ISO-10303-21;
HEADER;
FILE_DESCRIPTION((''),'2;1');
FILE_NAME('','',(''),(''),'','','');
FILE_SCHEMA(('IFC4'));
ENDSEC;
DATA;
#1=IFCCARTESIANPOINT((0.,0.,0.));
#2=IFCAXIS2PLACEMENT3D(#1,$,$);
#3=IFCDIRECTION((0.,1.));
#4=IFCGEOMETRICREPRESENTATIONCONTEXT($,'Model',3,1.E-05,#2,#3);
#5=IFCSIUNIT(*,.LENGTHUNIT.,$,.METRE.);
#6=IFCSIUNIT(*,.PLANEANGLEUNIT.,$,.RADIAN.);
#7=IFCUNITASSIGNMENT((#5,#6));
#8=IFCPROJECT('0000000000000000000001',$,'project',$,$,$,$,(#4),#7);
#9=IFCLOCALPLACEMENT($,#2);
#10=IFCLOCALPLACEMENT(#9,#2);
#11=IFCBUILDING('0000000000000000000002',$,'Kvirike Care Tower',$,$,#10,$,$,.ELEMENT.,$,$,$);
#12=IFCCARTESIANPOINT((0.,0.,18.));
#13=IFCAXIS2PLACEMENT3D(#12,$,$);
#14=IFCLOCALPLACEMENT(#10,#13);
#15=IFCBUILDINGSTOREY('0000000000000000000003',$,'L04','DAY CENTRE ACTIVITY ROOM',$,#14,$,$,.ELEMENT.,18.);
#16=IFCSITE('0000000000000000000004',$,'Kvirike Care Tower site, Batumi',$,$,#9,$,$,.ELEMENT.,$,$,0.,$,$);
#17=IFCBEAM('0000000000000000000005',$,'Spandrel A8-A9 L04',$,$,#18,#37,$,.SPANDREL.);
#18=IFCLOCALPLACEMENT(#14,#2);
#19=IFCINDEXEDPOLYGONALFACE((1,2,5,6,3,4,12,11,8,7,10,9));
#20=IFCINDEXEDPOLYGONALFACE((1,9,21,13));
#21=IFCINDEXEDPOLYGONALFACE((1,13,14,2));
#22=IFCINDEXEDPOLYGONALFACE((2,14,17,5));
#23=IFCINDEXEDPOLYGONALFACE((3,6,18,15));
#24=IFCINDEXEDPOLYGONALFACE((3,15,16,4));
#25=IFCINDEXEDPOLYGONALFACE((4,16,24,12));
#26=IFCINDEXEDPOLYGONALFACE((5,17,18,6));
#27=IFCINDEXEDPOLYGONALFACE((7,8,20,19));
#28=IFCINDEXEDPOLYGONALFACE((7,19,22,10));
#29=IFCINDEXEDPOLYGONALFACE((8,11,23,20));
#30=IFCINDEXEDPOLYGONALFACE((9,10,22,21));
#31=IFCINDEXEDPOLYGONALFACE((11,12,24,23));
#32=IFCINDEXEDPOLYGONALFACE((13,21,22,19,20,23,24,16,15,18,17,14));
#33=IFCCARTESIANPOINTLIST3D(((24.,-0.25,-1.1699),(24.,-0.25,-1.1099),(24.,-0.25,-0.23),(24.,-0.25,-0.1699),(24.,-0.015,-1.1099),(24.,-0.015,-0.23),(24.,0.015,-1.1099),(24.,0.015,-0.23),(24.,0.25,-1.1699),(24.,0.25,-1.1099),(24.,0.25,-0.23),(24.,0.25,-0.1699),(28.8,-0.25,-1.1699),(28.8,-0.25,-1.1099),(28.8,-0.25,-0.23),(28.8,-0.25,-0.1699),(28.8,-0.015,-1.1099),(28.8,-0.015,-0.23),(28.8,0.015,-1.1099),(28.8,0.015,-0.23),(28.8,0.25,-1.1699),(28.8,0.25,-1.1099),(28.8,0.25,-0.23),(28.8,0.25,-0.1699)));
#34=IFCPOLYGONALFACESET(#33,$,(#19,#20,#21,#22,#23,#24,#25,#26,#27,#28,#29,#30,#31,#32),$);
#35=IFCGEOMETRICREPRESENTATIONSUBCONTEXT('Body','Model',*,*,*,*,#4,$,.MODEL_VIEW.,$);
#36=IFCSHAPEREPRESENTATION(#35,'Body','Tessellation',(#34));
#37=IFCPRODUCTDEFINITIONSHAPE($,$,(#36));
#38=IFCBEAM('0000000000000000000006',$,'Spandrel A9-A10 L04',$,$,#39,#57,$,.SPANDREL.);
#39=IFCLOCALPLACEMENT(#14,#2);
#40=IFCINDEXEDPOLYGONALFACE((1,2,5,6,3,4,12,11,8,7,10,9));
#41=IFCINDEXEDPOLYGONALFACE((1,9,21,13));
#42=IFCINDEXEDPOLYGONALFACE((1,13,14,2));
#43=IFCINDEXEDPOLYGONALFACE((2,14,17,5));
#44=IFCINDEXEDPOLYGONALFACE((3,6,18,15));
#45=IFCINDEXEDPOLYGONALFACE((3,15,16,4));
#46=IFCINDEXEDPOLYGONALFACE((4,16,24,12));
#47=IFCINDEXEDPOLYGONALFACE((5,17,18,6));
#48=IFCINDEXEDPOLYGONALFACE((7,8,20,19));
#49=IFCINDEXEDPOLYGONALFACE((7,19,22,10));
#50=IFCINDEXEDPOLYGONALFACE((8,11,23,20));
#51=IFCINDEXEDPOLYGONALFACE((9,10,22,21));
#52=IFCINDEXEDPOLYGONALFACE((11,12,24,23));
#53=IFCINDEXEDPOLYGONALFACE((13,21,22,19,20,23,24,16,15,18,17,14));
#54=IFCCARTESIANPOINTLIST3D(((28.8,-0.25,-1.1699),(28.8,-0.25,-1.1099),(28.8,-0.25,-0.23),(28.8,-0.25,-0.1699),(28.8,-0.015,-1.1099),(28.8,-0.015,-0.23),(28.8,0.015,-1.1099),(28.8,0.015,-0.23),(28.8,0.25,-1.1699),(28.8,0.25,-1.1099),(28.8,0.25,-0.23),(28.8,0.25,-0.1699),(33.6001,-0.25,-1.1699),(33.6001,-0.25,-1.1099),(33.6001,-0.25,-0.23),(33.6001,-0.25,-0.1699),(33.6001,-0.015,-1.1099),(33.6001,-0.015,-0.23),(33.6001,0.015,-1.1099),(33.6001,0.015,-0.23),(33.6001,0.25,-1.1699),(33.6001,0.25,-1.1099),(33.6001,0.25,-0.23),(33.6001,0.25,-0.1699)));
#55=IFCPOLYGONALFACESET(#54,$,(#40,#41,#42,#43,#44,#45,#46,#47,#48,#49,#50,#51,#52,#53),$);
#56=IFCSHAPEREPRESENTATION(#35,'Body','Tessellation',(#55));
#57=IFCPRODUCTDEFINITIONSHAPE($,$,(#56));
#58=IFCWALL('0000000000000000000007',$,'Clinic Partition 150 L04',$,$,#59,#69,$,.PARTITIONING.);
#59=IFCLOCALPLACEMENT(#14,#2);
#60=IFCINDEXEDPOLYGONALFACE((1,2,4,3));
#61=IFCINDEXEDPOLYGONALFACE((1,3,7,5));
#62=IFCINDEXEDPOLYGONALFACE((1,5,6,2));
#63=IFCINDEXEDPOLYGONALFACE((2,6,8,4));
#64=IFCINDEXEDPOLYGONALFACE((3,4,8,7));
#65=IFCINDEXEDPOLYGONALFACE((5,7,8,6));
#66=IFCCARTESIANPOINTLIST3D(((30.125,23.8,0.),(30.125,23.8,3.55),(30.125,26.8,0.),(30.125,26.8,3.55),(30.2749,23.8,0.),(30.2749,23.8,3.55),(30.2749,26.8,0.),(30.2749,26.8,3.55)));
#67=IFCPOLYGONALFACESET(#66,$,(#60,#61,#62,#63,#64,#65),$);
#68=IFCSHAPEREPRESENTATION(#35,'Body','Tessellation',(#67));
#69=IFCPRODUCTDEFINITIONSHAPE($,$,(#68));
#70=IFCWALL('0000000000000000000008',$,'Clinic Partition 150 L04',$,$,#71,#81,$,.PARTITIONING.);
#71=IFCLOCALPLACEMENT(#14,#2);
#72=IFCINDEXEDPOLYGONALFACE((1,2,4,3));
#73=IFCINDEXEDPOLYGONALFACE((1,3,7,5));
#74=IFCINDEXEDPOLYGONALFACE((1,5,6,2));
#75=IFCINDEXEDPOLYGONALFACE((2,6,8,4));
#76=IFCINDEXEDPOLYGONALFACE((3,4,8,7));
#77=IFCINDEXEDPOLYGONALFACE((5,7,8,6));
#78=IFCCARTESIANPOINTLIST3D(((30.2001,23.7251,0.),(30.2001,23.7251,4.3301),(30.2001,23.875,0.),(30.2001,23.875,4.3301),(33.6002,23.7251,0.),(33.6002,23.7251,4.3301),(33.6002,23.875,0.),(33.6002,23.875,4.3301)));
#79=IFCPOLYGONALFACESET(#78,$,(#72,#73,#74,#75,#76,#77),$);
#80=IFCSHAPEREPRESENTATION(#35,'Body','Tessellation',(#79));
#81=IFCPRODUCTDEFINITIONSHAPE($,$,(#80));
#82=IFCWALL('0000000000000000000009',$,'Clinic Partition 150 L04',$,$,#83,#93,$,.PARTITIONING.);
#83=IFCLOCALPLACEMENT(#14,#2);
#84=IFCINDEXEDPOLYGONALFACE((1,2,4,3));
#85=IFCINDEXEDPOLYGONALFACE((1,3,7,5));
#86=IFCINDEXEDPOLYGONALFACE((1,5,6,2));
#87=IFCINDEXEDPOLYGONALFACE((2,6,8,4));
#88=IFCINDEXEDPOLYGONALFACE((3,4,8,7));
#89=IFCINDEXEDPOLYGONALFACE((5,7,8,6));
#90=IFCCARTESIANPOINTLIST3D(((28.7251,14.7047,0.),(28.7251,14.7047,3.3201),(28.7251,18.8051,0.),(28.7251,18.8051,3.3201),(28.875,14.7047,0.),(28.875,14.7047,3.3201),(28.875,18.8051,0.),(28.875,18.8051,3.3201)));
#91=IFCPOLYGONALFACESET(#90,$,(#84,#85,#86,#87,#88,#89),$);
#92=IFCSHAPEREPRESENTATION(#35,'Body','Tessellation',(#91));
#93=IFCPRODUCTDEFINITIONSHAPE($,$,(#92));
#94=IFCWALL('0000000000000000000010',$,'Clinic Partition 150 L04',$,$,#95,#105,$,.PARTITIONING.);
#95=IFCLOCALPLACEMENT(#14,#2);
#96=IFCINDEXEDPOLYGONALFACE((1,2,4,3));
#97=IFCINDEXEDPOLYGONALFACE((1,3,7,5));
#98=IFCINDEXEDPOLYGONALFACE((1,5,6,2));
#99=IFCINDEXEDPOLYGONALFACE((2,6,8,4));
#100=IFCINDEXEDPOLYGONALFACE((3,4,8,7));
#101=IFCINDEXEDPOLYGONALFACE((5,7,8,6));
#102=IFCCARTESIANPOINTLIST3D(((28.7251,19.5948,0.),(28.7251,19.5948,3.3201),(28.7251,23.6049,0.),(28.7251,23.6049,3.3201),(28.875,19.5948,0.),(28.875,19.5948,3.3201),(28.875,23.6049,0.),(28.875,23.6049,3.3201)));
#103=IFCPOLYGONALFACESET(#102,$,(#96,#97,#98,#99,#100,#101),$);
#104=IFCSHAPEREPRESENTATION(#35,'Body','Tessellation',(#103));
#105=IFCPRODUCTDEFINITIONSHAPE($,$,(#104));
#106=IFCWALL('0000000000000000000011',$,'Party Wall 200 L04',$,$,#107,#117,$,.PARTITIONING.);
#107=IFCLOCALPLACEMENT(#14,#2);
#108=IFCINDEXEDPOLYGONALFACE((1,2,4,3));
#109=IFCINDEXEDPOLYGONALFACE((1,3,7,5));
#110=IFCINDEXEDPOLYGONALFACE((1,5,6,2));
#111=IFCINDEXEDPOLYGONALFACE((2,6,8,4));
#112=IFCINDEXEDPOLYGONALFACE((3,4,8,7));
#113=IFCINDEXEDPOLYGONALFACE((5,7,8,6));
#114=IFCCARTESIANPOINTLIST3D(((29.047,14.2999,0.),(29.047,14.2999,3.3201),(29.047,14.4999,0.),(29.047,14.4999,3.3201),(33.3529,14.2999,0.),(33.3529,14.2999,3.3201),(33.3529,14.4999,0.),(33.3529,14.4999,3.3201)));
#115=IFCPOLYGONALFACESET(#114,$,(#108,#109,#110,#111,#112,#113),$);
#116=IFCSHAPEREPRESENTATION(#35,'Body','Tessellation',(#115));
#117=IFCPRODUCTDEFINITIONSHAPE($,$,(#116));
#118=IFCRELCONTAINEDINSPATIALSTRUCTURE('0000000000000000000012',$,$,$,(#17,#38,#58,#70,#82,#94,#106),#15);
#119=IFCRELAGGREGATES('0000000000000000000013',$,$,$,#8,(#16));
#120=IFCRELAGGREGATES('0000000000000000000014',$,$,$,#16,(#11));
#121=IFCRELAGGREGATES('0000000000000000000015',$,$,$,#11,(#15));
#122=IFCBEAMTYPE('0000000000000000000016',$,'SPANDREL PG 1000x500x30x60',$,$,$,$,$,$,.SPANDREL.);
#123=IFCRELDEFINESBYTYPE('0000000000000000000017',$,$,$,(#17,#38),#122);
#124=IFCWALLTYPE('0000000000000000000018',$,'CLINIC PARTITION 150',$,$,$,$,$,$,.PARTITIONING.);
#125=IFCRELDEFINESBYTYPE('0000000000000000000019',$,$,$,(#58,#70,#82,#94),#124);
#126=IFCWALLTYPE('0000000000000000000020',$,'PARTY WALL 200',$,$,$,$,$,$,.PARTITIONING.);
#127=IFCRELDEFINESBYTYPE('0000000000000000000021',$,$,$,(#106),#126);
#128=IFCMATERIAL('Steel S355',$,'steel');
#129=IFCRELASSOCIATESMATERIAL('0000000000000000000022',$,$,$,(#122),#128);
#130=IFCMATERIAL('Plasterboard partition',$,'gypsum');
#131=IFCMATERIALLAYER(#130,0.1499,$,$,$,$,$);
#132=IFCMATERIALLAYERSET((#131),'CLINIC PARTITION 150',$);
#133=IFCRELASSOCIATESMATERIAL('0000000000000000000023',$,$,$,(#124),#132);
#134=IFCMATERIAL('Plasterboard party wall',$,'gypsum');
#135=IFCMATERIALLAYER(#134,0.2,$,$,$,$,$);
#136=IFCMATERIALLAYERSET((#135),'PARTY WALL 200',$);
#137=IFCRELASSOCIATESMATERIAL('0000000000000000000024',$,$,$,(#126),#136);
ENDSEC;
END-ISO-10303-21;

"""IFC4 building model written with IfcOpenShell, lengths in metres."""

from ifc_helpers import new_model, si_unit, direction, frame, frame_2d, origin, origin_2d, place, context, subcontext, project, spatial, rectangle, i_section, extrude, material, layer, layer_set, material_profile, profile_set, type_object, element, save


model = new_model("IFC4")

# Units and contexts
model_context = context("Model", 3, precision=1e-05, world=origin(), true_north=direction((0.0, 1.0)))
body_context = subcontext(model_context, "Body", "Model", "MODEL_VIEW")
ifc_project = project(units=[si_unit("LENGTHUNIT", "METRE"), si_unit("PLANEANGLEUNIT", "RADIAN")], contexts=[model_context])

# Site, building, storey
site_placement = place(None, origin())
site = spatial("IfcSite", under=ifc_project, at=site_placement, Name="Kvirike Care Tower site, Batumi", CompositionType="ELEMENT", RefElevation=0.0)
building_placement = place(site_placement, origin())
building = spatial("IfcBuilding", under=site, at=building_placement, Name="Kvirike Care Tower", CompositionType="ELEMENT")
storey_placement = place(building_placement, frame((0.0, 0.0, 18.0)))
storey = spatial("IfcBuildingStorey", under=building, at=storey_placement, Name="L04", Description="DAY CENTRE ACTIVITY ROOM", CompositionType="ELEMENT", Elevation=18.0)

# Beams
ifc_material_1 = material(Name="Steel S355", Category="steel")
ifc_material_profile_1 = material_profile(ifc_material_1, i_section(OverallWidth=0.5, OverallDepth=1.0, WebThickness=0.03, FlangeThickness=0.0601, at=origin_2d()), Name="PG 1000x500x30x60")
ifc_profile_set_1 = profile_set([ifc_material_profile_1], Name="Steel S355")
beam_type_1 = type_object("IfcBeamType", Name="SPANDREL PG 1000x500x30x60", PredefinedType="SPANDREL", material=ifc_profile_set_1)
for number, where, z_axis, x_axis, name in (
    (1, (24.0, 0.0, -0.6699), (1.0, 0.0, 0.0), (0.0, 1.0, 0.0), "Spandrel A8-A9 L04"),
    (2, (28.8, 0.0, -0.6699), (1.0, 0.0, 0.0), (0.0, 1.0, 0.0), "Spandrel A9-A10 L04"),
):
    element("IfcBeam", number, at=place(storey_placement, frame(where, z_axis=z_axis, x_axis=x_axis)), inside=storey, type_object=beam_type_1, Name=name, PredefinedType="SPANDREL", context=body_context, shape_type="SweptSolid", body=[
        extrude(i_section(OverallWidth=0.5, OverallDepth=1.0, WebThickness=0.03, FlangeThickness=0.0601, at=origin_2d()), origin(), (0.0, 0.0, 1.0), 4.8),
    ])

# Walls
ifc_material_2 = material(Name="Plasterboard partition", Category="gypsum")
ifc_layer_1 = layer(ifc_material_2, 0.1499)
ifc_layer_set_1 = layer_set([ifc_layer_1], Name="CLINIC PARTITION 150")
wall_type_1 = type_object("IfcWallType", Name="CLINIC PARTITION 150", PredefinedType="PARTITIONING", material=ifc_layer_set_1)
wall_1_placement = place(storey_placement, frame((30.2, 23.8, 0.0), z_axis=(0.0, 0.0, 1.0), x_axis=(0.0, 1.0, 0.0)))
element("IfcWall", 3, at=wall_1_placement, inside=storey, type_object=wall_type_1, Name="Clinic Partition 150 L04", PredefinedType="PARTITIONING", context=body_context, shape_type="SweptSolid", body=[
    extrude(rectangle(XDim=3.0, YDim=0.1499, at=frame_2d((1.5, 0.0))), origin(), (0.0, 0.0, 1.0), 3.55),
])
wall_2_placement = place(storey_placement, frame((30.2, 23.8, 0.0), z_axis=(0.0, 0.0, 1.0), x_axis=(1.0, 0.0, 0.0)))
element("IfcWall", 4, at=wall_2_placement, inside=storey, type_object=wall_type_1, Name="Clinic Partition 150 L04", PredefinedType="PARTITIONING", context=body_context, shape_type="SweptSolid", body=[
    extrude(rectangle(XDim=3.4001, YDim=0.1499, at=frame_2d((1.7002, 0.0))), origin(), (0.0, 0.0, 1.0), 4.3301),
])
wall_3_placement = place(storey_placement, frame((28.8, 14.7046, 0.0), z_axis=(0.0, 0.0, 1.0), x_axis=(0.0, 1.0, 0.0)))
element("IfcWall", 5, at=wall_3_placement, inside=storey, type_object=wall_type_1, Name="Clinic Partition 150 L04", PredefinedType="PARTITIONING", context=body_context, shape_type="SweptSolid", body=[
    extrude(rectangle(XDim=4.1003, YDim=0.1499, at=frame_2d((2.0503, 0.0))), origin(), (0.0, 0.0, 1.0), 3.3201),
])
wall_4_placement = place(storey_placement, frame((28.8, 19.595, 0.0), z_axis=(0.0, 0.0, 1.0), x_axis=(0.0, 1.0, 0.0)))
element("IfcWall", 6, at=wall_4_placement, inside=storey, type_object=wall_type_1, Name="Clinic Partition 150 L04", PredefinedType="PARTITIONING", context=body_context, shape_type="SweptSolid", body=[
    extrude(rectangle(XDim=4.01, YDim=0.1499, at=frame_2d((2.0049, 0.0))), origin(), (0.0, 0.0, 1.0), 3.3201),
])
ifc_material_3 = material(Name="Plasterboard party wall", Category="gypsum")
ifc_layer_2 = layer(ifc_material_3, 0.2)
ifc_layer_set_2 = layer_set([ifc_layer_2], Name="PARTY WALL 200")
wall_type_2 = type_object("IfcWallType", Name="PARTY WALL 200", PredefinedType="PARTITIONING", material=ifc_layer_set_2)
wall_5_placement = place(storey_placement, frame((29.0471, 14.3999, 0.0), z_axis=(0.0, 0.0, 1.0), x_axis=(1.0, 0.0, 0.0)))
element("IfcWall", 7, at=wall_5_placement, inside=storey, type_object=wall_type_2, Name="Party Wall 200 L04", PredefinedType="PARTITIONING", context=body_context, shape_type="SweptSolid", body=[
    extrude(rectangle(XDim=4.3059, YDim=0.2, at=frame_2d((2.1528, 0.0))), origin(), (0.0, 0.0, 1.0), 3.3201),
])

save(model, "model.ifc")
